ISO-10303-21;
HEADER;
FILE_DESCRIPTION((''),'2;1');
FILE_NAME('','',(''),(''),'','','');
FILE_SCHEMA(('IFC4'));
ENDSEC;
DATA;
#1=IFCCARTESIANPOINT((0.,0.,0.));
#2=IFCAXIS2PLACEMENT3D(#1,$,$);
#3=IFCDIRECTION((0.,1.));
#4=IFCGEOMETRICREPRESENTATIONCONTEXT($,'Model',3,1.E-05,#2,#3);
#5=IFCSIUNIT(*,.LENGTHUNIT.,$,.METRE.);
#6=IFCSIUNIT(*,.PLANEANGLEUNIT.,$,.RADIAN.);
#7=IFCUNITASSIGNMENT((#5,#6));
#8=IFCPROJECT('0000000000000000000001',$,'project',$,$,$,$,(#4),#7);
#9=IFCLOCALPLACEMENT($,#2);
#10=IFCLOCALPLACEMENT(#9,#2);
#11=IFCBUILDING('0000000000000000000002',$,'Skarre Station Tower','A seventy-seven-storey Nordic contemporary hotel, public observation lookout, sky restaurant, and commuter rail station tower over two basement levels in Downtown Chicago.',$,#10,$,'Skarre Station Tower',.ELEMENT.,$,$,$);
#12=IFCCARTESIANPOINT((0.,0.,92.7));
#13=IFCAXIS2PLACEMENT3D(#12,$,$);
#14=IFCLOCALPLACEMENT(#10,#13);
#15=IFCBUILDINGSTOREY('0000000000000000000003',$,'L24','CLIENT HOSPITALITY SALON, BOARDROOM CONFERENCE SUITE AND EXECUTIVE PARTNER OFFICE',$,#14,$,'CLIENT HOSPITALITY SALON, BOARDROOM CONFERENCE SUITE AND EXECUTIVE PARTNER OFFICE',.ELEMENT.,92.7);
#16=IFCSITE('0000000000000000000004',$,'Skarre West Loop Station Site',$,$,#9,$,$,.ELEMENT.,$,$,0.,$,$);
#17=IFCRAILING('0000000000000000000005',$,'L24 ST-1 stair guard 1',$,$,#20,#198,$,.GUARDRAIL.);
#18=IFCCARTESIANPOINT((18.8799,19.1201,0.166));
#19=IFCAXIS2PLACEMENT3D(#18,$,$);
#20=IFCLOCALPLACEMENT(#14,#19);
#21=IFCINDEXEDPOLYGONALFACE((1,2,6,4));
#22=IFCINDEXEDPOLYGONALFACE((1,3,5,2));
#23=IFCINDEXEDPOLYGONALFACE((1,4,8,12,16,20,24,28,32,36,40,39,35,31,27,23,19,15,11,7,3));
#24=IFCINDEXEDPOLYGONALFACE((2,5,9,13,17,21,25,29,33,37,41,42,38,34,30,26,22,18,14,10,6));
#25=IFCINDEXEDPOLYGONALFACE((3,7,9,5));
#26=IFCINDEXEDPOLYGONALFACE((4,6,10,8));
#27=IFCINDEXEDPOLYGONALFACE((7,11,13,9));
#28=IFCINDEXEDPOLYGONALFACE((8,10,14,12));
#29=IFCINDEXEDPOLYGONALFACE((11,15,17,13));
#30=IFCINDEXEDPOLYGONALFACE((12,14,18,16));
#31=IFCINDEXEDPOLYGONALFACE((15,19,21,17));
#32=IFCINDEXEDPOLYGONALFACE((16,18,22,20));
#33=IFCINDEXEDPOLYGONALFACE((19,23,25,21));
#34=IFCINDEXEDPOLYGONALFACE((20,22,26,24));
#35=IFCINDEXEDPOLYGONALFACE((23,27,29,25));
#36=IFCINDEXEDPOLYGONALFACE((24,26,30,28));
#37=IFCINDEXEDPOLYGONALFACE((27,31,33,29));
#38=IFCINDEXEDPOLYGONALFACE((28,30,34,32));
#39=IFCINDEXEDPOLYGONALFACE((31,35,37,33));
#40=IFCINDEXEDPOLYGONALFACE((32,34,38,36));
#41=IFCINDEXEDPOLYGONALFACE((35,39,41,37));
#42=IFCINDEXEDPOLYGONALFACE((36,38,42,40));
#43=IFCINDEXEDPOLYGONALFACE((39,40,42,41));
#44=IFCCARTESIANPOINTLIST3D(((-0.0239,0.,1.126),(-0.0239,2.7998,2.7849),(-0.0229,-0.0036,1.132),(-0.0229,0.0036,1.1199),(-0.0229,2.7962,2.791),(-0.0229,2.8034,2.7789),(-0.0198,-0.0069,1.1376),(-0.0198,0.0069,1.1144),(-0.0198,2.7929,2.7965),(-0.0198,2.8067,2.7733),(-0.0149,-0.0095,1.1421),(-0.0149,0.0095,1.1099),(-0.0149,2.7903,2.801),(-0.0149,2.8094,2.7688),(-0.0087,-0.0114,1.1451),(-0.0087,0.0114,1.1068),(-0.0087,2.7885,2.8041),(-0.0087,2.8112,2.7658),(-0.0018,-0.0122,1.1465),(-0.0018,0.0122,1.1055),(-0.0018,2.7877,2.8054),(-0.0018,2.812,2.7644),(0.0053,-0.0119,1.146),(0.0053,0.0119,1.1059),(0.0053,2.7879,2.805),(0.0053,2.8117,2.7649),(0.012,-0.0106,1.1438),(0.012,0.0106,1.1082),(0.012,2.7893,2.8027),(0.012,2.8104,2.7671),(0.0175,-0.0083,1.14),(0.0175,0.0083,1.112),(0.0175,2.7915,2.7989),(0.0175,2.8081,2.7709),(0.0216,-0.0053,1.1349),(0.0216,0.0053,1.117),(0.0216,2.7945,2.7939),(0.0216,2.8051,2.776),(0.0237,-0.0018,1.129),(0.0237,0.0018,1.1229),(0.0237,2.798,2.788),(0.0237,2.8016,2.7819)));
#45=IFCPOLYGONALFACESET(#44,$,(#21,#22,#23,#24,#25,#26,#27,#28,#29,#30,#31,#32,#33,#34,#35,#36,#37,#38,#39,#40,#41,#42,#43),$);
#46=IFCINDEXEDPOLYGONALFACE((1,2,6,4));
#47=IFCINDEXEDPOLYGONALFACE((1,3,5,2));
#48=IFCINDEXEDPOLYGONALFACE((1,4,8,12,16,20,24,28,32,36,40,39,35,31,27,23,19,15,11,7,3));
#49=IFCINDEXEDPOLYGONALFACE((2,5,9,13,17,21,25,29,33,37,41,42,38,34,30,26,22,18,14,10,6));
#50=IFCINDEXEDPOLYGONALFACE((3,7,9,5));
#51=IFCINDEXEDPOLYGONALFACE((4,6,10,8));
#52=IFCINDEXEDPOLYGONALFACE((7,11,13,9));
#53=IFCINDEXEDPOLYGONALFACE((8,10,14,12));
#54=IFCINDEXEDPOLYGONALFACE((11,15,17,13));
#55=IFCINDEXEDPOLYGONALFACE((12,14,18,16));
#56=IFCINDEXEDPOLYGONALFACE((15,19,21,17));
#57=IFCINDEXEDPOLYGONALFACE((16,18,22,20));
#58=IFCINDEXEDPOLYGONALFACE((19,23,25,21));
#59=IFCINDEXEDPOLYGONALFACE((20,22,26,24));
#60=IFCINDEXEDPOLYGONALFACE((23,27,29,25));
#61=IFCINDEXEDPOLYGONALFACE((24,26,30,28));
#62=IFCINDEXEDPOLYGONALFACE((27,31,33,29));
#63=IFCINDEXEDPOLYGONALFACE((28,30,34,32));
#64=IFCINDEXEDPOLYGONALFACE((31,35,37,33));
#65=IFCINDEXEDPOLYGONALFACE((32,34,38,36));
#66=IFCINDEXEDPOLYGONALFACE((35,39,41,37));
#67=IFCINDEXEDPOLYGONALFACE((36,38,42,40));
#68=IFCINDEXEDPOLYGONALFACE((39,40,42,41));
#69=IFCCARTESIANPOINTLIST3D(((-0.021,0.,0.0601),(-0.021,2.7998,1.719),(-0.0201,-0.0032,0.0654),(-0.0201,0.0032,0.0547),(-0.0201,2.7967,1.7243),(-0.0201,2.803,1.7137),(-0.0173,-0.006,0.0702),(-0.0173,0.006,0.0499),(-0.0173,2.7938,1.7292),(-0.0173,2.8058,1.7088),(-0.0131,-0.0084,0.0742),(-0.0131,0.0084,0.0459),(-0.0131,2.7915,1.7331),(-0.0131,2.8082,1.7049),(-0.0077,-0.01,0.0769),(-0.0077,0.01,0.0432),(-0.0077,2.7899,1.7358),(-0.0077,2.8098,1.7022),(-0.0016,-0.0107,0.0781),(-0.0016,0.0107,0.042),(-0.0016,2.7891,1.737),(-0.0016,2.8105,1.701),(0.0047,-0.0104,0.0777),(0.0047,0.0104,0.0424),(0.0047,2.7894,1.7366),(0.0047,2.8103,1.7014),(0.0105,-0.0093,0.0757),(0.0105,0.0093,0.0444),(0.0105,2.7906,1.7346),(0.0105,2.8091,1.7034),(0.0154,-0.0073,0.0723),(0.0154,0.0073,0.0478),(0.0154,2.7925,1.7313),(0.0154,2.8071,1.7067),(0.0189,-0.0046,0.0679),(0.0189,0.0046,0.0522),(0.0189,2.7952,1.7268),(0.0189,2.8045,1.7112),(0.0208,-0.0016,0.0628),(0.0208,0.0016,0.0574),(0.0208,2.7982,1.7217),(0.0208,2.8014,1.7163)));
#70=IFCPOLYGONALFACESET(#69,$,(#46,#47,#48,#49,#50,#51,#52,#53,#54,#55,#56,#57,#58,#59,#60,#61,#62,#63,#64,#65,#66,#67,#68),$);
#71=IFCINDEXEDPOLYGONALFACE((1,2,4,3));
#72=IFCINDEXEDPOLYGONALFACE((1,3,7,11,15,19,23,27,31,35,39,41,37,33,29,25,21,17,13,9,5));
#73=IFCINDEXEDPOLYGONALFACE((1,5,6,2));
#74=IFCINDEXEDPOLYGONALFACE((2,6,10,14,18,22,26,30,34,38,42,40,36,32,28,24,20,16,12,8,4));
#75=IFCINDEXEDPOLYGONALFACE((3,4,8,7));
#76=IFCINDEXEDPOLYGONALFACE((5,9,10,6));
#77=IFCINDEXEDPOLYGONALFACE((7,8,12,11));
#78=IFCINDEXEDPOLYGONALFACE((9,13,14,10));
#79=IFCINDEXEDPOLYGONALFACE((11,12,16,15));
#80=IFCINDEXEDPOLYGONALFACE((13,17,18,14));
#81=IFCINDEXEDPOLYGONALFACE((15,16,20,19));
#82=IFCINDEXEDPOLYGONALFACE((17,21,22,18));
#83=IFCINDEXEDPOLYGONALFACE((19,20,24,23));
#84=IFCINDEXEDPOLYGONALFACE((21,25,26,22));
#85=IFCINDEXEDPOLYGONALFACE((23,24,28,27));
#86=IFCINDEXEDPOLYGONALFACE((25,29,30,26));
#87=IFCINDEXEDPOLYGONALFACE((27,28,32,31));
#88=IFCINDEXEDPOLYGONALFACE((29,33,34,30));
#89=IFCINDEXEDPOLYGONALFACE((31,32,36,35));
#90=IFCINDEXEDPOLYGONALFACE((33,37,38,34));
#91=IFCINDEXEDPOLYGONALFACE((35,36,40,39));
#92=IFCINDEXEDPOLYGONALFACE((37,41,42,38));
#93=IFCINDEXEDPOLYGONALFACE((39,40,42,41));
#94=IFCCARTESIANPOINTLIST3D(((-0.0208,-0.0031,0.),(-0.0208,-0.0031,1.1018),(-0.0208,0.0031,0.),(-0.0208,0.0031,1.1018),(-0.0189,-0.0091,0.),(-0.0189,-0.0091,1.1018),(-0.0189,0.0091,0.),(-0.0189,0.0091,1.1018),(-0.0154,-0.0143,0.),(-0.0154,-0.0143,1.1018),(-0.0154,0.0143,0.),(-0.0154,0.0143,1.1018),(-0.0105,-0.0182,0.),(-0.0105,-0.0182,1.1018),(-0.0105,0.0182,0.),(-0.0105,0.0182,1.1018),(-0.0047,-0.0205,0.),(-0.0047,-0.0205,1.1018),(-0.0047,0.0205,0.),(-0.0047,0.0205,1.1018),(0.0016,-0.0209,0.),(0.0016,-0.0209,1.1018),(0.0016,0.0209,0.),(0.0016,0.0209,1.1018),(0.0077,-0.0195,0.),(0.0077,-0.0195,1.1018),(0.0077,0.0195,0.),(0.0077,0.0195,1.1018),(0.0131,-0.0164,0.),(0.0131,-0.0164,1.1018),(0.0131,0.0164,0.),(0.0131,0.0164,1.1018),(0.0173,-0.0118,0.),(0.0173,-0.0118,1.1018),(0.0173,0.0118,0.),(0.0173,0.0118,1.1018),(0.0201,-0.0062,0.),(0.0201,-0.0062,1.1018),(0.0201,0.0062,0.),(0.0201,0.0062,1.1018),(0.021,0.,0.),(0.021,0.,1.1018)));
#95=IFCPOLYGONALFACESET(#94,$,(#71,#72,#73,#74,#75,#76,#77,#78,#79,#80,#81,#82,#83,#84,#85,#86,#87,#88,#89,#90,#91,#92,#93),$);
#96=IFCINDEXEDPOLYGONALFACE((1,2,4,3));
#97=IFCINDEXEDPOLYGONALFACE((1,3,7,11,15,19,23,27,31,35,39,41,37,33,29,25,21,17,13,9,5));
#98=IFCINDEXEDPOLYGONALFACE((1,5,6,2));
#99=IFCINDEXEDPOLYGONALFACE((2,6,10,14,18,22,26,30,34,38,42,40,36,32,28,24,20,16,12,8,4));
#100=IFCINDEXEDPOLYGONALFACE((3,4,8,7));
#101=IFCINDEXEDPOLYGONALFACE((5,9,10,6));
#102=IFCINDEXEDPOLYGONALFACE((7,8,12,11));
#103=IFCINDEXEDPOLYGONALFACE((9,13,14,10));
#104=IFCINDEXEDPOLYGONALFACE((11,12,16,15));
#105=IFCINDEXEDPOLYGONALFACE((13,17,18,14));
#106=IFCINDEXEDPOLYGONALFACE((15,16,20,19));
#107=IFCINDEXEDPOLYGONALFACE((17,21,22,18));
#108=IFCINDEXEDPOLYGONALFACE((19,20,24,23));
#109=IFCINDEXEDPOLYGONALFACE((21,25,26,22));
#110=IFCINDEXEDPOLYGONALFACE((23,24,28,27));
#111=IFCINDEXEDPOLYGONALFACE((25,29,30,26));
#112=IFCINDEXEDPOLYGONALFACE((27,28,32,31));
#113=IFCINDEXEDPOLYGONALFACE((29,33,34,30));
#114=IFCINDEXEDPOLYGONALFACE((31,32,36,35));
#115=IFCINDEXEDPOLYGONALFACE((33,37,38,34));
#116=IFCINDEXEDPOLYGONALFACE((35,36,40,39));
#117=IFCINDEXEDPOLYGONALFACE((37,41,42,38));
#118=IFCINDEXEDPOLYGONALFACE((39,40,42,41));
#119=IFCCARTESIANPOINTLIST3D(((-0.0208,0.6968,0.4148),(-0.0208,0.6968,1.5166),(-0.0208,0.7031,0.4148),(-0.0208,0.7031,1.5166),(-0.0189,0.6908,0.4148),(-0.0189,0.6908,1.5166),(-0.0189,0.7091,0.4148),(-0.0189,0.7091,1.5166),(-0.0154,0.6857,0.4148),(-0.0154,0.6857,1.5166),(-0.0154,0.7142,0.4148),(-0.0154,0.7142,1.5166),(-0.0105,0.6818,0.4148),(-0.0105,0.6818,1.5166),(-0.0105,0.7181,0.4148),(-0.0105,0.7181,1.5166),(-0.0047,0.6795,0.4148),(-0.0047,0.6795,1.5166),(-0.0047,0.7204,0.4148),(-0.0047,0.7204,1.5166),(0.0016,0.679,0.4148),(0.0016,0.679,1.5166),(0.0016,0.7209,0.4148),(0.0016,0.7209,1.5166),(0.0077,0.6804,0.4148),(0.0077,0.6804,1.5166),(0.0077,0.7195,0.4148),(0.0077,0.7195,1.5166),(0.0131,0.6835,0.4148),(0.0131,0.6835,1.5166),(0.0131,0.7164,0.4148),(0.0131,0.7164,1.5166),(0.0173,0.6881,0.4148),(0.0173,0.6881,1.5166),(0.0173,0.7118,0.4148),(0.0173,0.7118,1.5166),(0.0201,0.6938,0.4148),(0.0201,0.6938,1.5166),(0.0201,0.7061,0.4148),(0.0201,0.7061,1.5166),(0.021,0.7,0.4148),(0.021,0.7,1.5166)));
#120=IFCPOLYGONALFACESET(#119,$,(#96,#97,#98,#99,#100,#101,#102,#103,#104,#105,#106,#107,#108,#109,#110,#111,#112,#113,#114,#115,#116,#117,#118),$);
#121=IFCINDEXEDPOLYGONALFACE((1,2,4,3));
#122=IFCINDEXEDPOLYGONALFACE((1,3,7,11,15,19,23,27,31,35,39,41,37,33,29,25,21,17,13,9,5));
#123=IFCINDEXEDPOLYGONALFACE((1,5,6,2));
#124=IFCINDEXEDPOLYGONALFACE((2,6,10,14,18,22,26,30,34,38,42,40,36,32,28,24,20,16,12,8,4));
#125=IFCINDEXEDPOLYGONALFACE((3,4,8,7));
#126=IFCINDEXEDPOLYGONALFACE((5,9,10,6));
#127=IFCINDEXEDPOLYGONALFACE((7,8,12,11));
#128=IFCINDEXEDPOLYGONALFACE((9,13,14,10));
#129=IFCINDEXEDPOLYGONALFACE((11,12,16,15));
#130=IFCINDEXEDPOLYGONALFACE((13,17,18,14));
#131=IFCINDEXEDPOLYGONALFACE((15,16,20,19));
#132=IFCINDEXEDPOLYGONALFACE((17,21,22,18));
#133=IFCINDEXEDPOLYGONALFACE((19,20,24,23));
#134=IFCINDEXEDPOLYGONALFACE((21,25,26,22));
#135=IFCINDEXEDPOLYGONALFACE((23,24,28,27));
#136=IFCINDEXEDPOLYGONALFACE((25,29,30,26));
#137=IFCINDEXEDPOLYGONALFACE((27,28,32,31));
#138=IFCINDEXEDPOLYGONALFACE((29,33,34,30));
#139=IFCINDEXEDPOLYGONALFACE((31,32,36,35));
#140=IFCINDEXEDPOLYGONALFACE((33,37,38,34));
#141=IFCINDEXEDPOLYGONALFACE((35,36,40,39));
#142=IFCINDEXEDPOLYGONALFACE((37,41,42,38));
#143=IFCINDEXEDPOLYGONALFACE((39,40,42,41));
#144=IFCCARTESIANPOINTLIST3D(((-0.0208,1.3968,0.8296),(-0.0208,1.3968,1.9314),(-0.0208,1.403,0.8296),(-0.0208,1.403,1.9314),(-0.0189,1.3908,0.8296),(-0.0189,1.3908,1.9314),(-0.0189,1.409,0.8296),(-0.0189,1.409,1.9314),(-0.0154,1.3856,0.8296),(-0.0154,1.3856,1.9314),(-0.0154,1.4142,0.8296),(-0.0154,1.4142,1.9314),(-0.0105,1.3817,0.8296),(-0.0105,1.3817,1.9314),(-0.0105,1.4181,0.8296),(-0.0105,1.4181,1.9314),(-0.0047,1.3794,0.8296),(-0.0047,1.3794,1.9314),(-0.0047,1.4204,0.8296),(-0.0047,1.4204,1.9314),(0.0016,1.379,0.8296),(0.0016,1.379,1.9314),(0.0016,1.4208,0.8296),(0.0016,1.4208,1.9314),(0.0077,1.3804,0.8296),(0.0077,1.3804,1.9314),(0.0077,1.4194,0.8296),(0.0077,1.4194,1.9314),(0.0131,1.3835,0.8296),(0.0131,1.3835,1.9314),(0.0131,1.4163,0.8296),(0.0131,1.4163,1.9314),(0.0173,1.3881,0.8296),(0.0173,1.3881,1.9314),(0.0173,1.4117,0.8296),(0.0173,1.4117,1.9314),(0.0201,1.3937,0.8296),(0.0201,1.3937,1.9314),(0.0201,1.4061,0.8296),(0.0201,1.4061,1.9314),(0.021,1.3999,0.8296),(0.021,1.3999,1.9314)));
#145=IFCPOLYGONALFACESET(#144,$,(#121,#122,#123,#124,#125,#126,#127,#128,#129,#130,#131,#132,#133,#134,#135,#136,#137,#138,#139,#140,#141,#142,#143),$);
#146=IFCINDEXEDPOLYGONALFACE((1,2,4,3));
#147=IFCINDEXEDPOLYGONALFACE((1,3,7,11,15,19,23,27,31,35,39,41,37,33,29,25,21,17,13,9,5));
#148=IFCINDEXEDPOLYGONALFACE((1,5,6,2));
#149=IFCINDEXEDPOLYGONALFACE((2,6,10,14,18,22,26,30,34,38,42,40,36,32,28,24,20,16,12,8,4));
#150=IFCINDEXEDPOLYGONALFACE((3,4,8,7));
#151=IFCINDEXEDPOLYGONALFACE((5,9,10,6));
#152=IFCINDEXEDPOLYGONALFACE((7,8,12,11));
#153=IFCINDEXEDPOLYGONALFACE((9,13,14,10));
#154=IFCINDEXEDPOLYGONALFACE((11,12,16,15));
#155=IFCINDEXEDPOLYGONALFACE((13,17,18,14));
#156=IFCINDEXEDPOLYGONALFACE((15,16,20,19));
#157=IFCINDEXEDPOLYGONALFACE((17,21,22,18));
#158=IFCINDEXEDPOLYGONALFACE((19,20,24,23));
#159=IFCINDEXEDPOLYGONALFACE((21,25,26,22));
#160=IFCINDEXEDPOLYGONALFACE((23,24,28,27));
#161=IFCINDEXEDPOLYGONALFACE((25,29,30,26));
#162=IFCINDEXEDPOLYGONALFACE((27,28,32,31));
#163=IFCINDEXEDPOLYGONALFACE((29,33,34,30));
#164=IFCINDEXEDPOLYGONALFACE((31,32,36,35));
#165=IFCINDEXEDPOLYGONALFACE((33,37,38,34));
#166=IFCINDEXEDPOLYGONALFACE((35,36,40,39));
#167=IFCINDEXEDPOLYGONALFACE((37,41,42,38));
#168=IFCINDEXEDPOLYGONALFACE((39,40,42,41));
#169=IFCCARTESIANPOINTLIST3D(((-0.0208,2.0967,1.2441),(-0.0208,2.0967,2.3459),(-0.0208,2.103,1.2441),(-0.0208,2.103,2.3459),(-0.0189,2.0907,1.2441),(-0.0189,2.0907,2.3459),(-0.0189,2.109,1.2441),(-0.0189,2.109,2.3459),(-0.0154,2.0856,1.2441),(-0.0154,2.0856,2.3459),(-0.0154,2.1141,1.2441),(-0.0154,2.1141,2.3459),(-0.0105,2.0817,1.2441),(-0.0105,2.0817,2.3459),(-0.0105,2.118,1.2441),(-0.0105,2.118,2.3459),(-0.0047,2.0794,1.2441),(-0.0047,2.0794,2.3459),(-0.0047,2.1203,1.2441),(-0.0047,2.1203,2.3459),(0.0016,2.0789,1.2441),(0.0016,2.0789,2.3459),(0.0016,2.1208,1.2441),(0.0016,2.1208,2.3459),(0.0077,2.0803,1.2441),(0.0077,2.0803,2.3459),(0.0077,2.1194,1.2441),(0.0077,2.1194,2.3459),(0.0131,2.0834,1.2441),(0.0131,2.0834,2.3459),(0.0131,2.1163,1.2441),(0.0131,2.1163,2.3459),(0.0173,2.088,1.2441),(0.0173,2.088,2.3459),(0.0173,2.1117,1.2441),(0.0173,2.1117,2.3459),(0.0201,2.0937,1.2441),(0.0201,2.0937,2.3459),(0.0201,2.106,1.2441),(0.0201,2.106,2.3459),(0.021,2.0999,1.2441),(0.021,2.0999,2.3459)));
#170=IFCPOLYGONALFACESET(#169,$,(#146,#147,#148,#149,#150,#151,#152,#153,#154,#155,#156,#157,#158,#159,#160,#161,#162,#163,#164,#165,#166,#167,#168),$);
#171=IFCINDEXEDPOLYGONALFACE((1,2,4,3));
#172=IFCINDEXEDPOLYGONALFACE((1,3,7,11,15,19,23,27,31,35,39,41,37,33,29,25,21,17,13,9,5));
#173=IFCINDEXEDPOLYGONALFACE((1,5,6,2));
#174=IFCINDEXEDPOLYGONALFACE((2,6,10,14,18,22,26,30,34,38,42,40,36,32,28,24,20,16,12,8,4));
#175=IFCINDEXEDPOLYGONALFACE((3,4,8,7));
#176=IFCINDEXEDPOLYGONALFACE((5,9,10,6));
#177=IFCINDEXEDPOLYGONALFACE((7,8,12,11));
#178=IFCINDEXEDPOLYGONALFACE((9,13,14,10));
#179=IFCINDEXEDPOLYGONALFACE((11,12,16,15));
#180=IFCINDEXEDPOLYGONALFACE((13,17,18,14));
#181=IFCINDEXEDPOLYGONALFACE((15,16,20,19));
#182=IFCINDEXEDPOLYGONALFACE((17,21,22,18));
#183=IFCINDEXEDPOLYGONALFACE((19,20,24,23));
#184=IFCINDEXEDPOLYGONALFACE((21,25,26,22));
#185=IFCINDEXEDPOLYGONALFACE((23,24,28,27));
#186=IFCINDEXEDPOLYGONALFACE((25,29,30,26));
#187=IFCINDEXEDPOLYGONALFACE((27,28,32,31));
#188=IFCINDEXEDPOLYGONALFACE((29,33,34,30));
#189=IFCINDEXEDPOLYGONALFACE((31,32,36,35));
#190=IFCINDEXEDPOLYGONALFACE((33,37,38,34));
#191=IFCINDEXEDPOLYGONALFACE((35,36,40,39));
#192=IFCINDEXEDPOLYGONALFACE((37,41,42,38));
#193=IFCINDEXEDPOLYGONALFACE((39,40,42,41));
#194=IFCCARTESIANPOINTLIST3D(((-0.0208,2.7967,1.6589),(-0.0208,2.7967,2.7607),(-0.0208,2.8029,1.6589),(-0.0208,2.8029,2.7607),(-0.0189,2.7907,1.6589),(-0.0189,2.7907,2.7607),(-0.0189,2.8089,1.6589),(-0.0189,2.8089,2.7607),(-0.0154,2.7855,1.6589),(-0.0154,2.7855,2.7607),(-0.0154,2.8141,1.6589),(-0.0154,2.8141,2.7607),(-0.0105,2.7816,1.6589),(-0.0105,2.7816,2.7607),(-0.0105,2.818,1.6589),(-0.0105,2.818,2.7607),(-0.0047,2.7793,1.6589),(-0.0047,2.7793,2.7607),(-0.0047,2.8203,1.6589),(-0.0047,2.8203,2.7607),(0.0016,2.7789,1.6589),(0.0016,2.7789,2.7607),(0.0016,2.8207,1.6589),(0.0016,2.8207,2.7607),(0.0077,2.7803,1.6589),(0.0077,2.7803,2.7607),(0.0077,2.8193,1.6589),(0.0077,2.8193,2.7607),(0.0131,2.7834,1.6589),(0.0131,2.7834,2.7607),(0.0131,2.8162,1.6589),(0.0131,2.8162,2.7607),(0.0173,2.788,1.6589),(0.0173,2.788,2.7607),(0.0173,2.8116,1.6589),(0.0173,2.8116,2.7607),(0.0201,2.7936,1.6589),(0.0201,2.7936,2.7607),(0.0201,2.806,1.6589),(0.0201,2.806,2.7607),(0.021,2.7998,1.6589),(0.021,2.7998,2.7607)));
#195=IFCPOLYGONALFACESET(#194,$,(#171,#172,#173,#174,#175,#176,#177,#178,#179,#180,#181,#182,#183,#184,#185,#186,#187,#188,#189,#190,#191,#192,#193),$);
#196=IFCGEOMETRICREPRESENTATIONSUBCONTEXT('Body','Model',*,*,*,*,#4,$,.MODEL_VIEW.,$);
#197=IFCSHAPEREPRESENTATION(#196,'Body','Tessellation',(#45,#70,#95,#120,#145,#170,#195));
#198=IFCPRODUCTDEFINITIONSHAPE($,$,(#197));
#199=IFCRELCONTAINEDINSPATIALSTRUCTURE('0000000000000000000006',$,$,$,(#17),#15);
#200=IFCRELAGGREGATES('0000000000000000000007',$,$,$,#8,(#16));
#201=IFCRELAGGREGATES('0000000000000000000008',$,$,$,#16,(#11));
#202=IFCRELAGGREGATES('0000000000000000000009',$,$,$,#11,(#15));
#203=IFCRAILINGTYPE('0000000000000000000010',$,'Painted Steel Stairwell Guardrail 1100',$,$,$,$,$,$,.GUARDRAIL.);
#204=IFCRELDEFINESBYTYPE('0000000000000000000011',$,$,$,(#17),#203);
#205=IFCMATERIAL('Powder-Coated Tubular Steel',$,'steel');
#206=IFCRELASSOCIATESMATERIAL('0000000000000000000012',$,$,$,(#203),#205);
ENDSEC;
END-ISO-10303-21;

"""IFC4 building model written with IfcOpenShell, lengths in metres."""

from ifc_helpers import new_model, si_unit, direction, frame, origin, origin_2d, place, context, subcontext, project, spatial, circle, extrude, material, type_object, element, save


model = new_model("IFC4")

# Units and contexts
model_context = context("Model", 3, precision=1e-05, world=origin(), true_north=direction((0.0, 1.0)))
body_context = subcontext(model_context, "Body", "Model", "MODEL_VIEW")
ifc_project = project(units=[si_unit("LENGTHUNIT", "METRE"), si_unit("PLANEANGLEUNIT", "RADIAN")], contexts=[model_context])

# Site, building, storey
site_placement = place(None, origin())
site = spatial("IfcSite", under=ifc_project, at=site_placement, Name="Skarre West Loop Station Site", CompositionType="ELEMENT", RefElevation=0.0)
building_placement = place(site_placement, origin())
building = spatial("IfcBuilding", under=site, at=building_placement, Name="Skarre Station Tower", Description="A seventy-seven-storey Nordic contemporary hotel, public observation lookout, sky restaurant, and commuter rail station tower over two basement levels in Downtown Chicago.", LongName="Skarre Station Tower", CompositionType="ELEMENT")
storey_placement = place(building_placement, frame((0.0, 0.0, 92.7)))
storey = spatial("IfcBuildingStorey", under=building, at=storey_placement, Name="L24", Description="CLIENT HOSPITALITY SALON, BOARDROOM CONFERENCE SUITE AND EXECUTIVE PARTNER OFFICE", LongName="CLIENT HOSPITALITY SALON, BOARDROOM CONFERENCE SUITE AND EXECUTIVE PARTNER OFFICE", CompositionType="ELEMENT", Elevation=92.7)

# Railing
ifc_material_1 = material(Name="Powder-Coated Tubular Steel", Category="steel")
railing_type_1 = type_object("IfcRailingType", Name="Painted Steel Stairwell Guardrail 1100", PredefinedType="GUARDRAIL", material=ifc_material_1)
railing_1_placement = place(storey_placement, frame((18.8799, 19.1201, 0.166)))
element("IfcRailing", 1, at=railing_1_placement, inside=storey, type_object=railing_type_1, Name="L24 ST-1 stair guard 1", PredefinedType="GUARDRAIL", context=body_context, shape_type="SweptSolid", body=[
    extrude(circle(Radius=0.0239, at=origin_2d()), frame((0.0, 0.0, 1.126), z_axis=(0.0, 0.86032, 0.509755), x_axis=(-1.0, 0.0, 0.0)), (0.0, 0.0, 1.0), 3.2544),
    extrude(circle(Radius=0.021, at=origin_2d()), frame((0.0, 0.0, 0.0601), z_axis=(0.0, 0.86032, 0.509755), x_axis=(-1.0, 0.0, 0.0)), (0.0, 0.0, 1.0), 3.2544),
    extrude(circle(Radius=0.021, at=origin_2d()), origin(), (0.0, 0.0, 1.0), 1.1018),
    extrude(circle(Radius=0.021, at=origin_2d()), frame((0.0, 0.7, 0.4148)), (0.0, 0.0, 1.0), 1.1018),
    extrude(circle(Radius=0.021, at=origin_2d()), frame((0.0, 1.3999, 0.8296)), (0.0, 0.0, 1.0), 1.1018),
    extrude(circle(Radius=0.021, at=origin_2d()), frame((0.0, 2.0999, 1.2441)), (0.0, 0.0, 1.0), 1.1018),
    extrude(circle(Radius=0.021, at=origin_2d()), frame((0.0, 2.7998, 1.6589)), (0.0, 0.0, 1.0), 1.1018),
])

save(model, "model.ifc")
